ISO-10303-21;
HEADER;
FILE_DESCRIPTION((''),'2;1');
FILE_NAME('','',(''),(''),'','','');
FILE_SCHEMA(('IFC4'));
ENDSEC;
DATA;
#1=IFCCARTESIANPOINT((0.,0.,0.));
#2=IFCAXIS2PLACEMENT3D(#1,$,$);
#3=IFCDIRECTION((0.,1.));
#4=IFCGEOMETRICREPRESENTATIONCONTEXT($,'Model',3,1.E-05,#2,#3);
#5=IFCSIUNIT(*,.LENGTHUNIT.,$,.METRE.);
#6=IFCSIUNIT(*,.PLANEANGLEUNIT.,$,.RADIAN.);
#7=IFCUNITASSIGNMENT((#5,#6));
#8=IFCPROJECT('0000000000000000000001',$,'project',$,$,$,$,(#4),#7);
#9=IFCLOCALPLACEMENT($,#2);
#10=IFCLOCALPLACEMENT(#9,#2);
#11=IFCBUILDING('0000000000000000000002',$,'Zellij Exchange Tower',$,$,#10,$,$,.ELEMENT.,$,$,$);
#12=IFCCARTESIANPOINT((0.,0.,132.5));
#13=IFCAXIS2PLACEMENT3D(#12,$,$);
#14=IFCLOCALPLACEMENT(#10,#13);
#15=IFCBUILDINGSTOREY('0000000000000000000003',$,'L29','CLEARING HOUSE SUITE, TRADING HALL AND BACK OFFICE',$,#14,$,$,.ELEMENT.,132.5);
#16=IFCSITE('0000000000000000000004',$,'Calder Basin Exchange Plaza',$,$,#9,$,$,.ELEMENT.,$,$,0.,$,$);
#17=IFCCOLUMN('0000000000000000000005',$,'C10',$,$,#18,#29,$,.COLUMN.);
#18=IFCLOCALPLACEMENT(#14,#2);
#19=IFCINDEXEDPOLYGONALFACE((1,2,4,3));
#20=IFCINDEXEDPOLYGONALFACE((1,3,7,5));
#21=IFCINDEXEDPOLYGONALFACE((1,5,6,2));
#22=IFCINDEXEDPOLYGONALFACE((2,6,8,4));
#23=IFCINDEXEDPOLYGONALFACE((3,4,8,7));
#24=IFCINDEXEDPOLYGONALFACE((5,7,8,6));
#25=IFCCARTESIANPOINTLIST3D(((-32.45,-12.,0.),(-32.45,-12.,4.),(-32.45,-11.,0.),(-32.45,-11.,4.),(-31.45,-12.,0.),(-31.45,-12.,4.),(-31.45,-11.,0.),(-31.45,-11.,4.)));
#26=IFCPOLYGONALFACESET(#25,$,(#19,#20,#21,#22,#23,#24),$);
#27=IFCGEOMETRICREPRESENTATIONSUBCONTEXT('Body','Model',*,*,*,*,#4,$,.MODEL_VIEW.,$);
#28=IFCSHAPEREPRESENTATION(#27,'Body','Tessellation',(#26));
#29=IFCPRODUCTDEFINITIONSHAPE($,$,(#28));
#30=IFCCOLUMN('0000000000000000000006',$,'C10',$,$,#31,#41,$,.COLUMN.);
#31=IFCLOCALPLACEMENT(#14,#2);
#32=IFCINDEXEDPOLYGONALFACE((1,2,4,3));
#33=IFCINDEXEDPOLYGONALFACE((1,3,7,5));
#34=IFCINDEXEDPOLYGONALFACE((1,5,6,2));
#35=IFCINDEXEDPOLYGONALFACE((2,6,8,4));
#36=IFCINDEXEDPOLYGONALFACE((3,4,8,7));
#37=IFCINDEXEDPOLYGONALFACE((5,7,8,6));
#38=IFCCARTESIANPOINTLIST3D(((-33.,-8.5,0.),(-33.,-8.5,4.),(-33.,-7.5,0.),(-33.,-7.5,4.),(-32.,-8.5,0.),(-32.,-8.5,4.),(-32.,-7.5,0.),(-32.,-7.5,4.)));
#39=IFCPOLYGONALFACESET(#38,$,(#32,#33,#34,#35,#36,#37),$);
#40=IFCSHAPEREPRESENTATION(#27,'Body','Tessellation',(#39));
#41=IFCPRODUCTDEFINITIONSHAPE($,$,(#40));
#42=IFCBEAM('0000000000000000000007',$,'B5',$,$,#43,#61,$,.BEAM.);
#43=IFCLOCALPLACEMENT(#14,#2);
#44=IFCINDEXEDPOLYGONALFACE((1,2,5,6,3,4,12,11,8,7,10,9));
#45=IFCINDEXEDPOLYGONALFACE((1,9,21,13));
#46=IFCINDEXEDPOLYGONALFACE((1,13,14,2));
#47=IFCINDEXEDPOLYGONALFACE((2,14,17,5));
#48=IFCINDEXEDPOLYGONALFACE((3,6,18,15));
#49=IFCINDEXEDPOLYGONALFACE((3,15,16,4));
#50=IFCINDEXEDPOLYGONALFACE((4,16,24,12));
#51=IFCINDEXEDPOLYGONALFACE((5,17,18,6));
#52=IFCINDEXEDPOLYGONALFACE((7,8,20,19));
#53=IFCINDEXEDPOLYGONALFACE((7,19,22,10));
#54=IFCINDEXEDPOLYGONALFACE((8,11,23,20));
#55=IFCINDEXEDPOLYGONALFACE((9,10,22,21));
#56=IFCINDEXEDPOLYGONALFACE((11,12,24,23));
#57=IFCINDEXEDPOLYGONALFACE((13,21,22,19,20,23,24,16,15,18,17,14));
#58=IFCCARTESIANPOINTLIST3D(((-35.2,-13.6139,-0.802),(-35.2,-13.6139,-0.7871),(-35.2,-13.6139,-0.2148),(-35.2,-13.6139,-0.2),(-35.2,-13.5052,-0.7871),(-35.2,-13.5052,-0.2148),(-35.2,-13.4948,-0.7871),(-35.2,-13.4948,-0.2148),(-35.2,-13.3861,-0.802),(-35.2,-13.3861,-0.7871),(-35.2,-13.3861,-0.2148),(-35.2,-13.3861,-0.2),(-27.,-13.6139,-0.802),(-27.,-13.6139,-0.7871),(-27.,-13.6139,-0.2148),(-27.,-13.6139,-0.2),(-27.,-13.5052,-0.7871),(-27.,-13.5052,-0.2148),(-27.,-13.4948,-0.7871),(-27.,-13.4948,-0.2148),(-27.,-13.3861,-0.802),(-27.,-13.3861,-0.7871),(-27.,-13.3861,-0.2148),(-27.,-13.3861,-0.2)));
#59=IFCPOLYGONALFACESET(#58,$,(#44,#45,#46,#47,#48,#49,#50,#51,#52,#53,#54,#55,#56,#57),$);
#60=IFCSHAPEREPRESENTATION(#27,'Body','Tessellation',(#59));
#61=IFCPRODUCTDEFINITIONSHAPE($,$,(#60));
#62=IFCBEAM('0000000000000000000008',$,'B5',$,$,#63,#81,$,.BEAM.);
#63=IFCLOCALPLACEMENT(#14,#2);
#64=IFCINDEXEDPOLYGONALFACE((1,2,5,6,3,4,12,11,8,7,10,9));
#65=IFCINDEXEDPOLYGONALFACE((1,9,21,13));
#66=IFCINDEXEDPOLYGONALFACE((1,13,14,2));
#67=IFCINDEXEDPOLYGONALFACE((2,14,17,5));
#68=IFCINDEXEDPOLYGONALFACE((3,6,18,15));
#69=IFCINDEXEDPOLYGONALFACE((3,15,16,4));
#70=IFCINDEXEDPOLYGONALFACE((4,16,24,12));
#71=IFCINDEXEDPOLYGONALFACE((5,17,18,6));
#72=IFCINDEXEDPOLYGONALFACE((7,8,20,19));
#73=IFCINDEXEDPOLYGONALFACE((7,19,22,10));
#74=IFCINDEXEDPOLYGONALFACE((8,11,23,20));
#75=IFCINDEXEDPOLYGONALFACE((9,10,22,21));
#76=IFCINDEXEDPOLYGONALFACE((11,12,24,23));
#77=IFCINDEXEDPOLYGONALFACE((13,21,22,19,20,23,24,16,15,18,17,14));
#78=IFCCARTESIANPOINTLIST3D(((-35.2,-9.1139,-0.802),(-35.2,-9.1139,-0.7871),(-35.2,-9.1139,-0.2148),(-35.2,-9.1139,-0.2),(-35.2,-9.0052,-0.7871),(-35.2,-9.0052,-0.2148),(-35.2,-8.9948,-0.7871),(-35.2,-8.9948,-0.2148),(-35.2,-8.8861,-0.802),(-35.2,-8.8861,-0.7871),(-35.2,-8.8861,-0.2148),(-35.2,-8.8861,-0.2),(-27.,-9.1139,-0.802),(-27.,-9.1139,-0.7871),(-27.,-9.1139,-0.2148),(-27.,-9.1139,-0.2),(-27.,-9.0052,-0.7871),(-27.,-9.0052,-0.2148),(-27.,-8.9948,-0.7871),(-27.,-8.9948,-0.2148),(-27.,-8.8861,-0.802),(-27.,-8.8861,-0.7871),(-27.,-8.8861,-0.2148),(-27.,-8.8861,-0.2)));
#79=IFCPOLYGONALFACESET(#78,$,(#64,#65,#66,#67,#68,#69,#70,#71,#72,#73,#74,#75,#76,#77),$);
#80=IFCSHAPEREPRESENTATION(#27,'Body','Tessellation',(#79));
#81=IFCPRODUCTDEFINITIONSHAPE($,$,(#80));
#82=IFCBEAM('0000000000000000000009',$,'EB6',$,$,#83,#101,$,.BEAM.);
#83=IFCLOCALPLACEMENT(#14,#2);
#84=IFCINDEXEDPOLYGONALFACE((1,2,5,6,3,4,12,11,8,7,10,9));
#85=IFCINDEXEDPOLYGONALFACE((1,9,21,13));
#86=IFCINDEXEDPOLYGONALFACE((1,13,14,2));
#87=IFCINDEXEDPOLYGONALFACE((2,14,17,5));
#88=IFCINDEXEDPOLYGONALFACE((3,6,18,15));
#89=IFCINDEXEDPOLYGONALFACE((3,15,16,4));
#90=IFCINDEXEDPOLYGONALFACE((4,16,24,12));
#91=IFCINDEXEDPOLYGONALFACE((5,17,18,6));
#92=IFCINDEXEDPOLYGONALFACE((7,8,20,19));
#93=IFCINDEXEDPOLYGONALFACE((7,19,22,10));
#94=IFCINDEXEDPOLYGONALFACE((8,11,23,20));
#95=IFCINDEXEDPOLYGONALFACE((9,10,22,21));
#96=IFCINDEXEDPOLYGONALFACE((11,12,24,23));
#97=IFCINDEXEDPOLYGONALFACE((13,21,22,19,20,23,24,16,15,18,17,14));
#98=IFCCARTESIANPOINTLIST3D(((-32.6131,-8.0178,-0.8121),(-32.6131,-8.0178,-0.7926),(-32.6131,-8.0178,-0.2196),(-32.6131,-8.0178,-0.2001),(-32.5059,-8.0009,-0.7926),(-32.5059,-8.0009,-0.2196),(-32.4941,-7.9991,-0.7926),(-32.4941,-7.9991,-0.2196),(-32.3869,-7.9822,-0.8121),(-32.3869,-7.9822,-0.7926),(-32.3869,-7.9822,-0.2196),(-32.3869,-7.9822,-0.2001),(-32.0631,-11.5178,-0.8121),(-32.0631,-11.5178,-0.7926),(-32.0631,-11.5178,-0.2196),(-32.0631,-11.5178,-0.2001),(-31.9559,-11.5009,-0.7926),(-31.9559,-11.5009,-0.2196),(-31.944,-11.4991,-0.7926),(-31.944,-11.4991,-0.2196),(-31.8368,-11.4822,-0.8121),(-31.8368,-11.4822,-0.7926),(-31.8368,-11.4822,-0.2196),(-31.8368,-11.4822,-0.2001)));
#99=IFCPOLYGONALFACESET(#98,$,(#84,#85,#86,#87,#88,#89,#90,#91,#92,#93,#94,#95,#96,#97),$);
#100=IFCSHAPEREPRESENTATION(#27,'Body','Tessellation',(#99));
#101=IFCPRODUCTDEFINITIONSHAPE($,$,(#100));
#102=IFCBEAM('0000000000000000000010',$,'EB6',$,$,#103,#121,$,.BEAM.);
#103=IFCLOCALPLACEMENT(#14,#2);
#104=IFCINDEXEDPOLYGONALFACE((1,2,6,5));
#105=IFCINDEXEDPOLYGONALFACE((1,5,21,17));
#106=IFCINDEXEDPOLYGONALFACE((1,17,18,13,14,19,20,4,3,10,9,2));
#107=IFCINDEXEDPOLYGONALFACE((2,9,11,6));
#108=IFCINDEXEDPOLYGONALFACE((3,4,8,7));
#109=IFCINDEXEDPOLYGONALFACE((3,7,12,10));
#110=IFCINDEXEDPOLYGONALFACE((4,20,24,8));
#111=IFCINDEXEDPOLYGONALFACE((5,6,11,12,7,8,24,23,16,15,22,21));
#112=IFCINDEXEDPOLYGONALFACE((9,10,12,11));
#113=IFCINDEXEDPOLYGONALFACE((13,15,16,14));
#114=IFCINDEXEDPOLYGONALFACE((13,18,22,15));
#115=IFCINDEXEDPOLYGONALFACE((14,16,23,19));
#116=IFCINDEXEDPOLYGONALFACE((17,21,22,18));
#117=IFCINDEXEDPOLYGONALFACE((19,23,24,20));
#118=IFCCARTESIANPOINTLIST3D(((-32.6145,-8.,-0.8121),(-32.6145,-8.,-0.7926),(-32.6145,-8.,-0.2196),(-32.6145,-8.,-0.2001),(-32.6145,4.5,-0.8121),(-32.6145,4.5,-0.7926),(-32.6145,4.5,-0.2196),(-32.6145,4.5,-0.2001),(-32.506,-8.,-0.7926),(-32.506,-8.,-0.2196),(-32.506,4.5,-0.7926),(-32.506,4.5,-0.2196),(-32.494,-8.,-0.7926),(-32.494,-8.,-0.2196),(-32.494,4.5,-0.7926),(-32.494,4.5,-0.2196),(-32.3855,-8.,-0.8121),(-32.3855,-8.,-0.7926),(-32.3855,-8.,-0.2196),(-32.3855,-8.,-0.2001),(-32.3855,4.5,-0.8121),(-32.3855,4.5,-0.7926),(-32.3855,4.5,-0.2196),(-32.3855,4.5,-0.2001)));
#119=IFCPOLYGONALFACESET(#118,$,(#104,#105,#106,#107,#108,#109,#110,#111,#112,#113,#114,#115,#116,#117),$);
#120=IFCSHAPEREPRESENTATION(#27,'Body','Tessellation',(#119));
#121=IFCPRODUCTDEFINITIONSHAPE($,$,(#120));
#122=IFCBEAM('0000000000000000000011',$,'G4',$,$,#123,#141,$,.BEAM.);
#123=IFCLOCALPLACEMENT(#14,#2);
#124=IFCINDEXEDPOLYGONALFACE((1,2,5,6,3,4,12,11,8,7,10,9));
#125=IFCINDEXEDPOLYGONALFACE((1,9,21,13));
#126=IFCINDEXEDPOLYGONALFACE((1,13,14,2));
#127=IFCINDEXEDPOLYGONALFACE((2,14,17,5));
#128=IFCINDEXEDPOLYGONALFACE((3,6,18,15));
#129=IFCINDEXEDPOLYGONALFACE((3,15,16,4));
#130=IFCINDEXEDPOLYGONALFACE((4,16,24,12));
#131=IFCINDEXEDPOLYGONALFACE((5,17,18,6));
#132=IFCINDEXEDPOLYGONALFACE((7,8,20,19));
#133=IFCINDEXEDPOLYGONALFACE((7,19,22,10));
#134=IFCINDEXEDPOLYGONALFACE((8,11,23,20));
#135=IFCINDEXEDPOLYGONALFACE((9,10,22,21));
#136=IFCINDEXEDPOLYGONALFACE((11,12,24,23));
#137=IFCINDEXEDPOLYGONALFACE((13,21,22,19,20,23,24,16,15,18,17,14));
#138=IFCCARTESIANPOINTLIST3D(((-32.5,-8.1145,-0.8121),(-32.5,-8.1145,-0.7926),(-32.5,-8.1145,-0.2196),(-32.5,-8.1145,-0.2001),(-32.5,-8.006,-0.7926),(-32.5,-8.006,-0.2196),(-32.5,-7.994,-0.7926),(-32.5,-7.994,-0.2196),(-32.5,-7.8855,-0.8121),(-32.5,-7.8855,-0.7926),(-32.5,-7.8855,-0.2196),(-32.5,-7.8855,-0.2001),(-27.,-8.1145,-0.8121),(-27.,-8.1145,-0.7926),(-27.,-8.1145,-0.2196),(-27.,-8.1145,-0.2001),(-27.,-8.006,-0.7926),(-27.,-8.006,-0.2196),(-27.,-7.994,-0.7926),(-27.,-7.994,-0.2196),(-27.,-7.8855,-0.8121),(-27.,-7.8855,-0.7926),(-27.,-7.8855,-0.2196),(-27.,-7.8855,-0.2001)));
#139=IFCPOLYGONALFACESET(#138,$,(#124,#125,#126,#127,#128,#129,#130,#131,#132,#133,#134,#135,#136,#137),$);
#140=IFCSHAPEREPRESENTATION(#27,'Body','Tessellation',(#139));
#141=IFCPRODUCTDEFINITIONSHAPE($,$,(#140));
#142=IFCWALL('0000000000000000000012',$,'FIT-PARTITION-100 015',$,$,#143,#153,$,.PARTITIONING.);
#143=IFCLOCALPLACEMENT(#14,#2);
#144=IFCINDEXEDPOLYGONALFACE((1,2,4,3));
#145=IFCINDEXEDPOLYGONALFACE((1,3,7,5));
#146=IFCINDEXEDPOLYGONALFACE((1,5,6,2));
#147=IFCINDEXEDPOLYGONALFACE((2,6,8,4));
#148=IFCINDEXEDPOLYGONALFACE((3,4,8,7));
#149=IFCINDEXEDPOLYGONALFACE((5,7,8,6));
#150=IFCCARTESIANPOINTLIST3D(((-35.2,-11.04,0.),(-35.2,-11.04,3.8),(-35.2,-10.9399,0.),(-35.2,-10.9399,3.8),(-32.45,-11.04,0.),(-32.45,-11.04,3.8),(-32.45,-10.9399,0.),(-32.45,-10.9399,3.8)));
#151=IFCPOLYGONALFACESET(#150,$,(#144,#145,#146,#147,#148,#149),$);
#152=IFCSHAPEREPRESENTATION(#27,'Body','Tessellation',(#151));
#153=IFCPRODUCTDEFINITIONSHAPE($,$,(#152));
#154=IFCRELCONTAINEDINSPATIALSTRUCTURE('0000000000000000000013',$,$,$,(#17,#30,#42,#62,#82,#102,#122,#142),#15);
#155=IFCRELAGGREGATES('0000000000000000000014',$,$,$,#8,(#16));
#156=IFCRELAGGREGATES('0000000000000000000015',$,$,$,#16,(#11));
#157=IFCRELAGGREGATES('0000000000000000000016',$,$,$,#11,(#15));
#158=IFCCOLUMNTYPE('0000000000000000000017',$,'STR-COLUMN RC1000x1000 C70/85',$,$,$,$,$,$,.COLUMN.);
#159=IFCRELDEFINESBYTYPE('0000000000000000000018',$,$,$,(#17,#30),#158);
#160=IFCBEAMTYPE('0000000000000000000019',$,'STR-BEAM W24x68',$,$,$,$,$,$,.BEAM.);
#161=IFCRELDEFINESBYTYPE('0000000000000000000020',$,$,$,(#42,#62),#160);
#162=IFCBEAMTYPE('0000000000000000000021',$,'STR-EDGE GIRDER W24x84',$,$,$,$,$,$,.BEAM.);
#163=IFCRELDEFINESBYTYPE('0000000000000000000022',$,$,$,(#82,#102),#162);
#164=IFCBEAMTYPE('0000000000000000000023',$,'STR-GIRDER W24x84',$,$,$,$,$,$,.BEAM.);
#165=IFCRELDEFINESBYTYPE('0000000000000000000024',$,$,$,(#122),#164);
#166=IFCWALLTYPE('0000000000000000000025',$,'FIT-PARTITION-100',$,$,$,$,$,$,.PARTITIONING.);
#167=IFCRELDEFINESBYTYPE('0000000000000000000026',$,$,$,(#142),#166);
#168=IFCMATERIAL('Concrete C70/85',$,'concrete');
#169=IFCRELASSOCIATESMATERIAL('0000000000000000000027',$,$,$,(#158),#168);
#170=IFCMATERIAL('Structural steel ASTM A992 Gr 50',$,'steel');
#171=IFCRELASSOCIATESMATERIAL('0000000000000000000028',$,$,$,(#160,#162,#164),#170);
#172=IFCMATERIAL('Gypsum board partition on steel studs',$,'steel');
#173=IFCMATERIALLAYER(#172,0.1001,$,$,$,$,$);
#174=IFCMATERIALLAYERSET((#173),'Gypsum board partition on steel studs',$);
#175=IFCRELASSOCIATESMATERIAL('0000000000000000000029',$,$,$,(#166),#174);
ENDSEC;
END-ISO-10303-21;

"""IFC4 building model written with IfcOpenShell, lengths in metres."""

from ifc_helpers import new_model, si_unit, direction, frame, frame_2d, origin, origin_2d, place, context, subcontext, project, spatial, rectangle, i_section, extrude, material, layer, layer_set, material_profile, profile_set, type_object, element, save


model = new_model("IFC4")

# Units and contexts
model_context = context("Model", 3, precision=1e-05, world=origin(), true_north=direction((0.0, 1.0)))
body_context = subcontext(model_context, "Body", "Model", "MODEL_VIEW")
ifc_project = project(units=[si_unit("LENGTHUNIT", "METRE"), si_unit("PLANEANGLEUNIT", "RADIAN")], contexts=[model_context])

# Site, building, storey
site_placement = place(None, origin())
site = spatial("IfcSite", under=ifc_project, at=site_placement, Name="Calder Basin Exchange Plaza", CompositionType="ELEMENT", RefElevation=0.0)
building_placement = place(site_placement, origin())
building = spatial("IfcBuilding", under=site, at=building_placement, Name="Zellij Exchange Tower", CompositionType="ELEMENT")
storey_placement = place(building_placement, frame((0.0, 0.0, 132.5)))
storey = spatial("IfcBuildingStorey", under=building, at=storey_placement, Name="L29", Description="CLEARING HOUSE SUITE, TRADING HALL AND BACK OFFICE", CompositionType="ELEMENT", Elevation=132.5)

# Columns
ifc_material_1 = material(Name="Concrete C70/85", Category="concrete")
ifc_material_profile_1 = material_profile(ifc_material_1, rectangle(XDim=1.0, YDim=1.0, at=origin_2d()), Name="STR-COLUMN RC1000x1000 C70/85")
ifc_profile_set_1 = profile_set([ifc_material_profile_1], Name="Concrete C70/85")
column_type = type_object("IfcColumnType", Name="STR-COLUMN RC1000x1000 C70/85", PredefinedType="COLUMN", material=ifc_profile_set_1)
for number, where, z_axis, x_axis, name in (
    (1, (-31.95, -11.5, 0.0), (0.0, 0.0, 1.0), (1.0, 0.0, 0.0), "C10"),
    (2, (-32.5, -8.0, 0.0), (0.0, 0.0, 1.0), (1.0, 0.0, 0.0), "C10"),
):
    element("IfcColumn", number, at=place(storey_placement, frame(where, z_axis=z_axis, x_axis=x_axis)), inside=storey, type_object=column_type, Name=name, PredefinedType="COLUMN", context=body_context, shape_type="SweptSolid", body=[
        extrude(rectangle(XDim=1.0, YDim=1.0, at=origin_2d()), origin(), (0.0, 0.0, 1.0), 4.0),
    ])

# Beams
ifc_material_2 = material(Name="Structural steel ASTM A992 Gr 50", Category="steel")
ifc_material_profile_2 = material_profile(ifc_material_2, i_section(OverallWidth=0.2278, OverallDepth=0.6021, WebThickness=0.0105, FlangeThickness=0.0149, at=origin_2d()), Name="W24x68")
ifc_profile_set_2 = profile_set([ifc_material_profile_2], Name="Structural steel ASTM A992 Gr 50")
beam_type_1 = type_object("IfcBeamType", Name="STR-BEAM W24x68", PredefinedType="BEAM", material=ifc_profile_set_2)
for number, where, z_axis, x_axis, name in (
    (3, (-35.2, -13.5, -0.501), (1.0, 0.0, 0.0), (0.0, 1.0, 0.0), "B5"),
    (4, (-35.2, -9.0, -0.501), (1.0, 0.0, 0.0), (0.0, 1.0, 0.0), "B5"),
):
    element("IfcBeam", number, at=place(storey_placement, frame(where, z_axis=z_axis, x_axis=x_axis)), inside=storey, type_object=beam_type_1, Name=name, PredefinedType="BEAM", context=body_context, shape_type="SweptSolid", body=[
        extrude(i_section(OverallWidth=0.2278, OverallDepth=0.6021, WebThickness=0.0105, FlangeThickness=0.0149, at=origin_2d()), origin(), (0.0, 0.0, 1.0), 8.2),
    ])
ifc_material_profile_3 = material_profile(ifc_material_2, i_section(OverallWidth=0.229, OverallDepth=0.6121, WebThickness=0.012, FlangeThickness=0.0195, at=origin_2d()), Name="W24x84")
ifc_profile_set_3 = profile_set([ifc_material_profile_3], Name="Structural steel ASTM A992 Gr 50")
beam_type_2 = type_object("IfcBeamType", Name="STR-EDGE GIRDER W24x84", PredefinedType="BEAM", material=ifc_profile_set_3)
beam_1_placement = place(storey_placement, frame((-31.95, -11.5, -0.5061), z_axis=(-0.155251, 0.987875, 0.0), x_axis=(-0.987875, -0.155251, 0.0)))
element("IfcBeam", 5, at=beam_1_placement, inside=storey, type_object=beam_type_2, Name="EB6", PredefinedType="BEAM", context=body_context, shape_type="SweptSolid", body=[
    extrude(i_section(OverallWidth=0.229, OverallDepth=0.6121, WebThickness=0.012, FlangeThickness=0.0195, at=origin_2d()), origin(), (0.0, 0.0, 1.0), 3.543),
])
beam_2_placement = place(storey_placement, frame((-32.5, -8.0, -0.5061), z_axis=(0.0, 1.0, 0.0), x_axis=(-1.0, 0.0, 0.0)))
element("IfcBeam", 6, at=beam_2_placement, inside=storey, type_object=beam_type_2, Name="EB6", PredefinedType="BEAM", context=body_context, shape_type="SweptSolid", body=[
    extrude(i_section(OverallWidth=0.229, OverallDepth=0.6121, WebThickness=0.012, FlangeThickness=0.0195, at=origin_2d()), origin(), (0.0, 0.0, 1.0), 12.5),
])
ifc_material_profile_4 = material_profile(ifc_material_2, i_section(OverallWidth=0.229, OverallDepth=0.6121, WebThickness=0.012, FlangeThickness=0.0195, at=origin_2d()), Name="W24x84")
ifc_profile_set_4 = profile_set([ifc_material_profile_4], Name="Structural steel ASTM A992 Gr 50")
beam_type_3 = type_object("IfcBeamType", Name="STR-GIRDER W24x84", PredefinedType="BEAM", material=ifc_profile_set_4)
beam_3_placement = place(storey_placement, frame((-32.5, -8.0, -0.5061), z_axis=(1.0, 0.0, 0.0), x_axis=(0.0, 1.0, 0.0)))
element("IfcBeam", 7, at=beam_3_placement, inside=storey, type_object=beam_type_3, Name="G4", PredefinedType="BEAM", context=body_context, shape_type="SweptSolid", body=[
    extrude(i_section(OverallWidth=0.229, OverallDepth=0.6121, WebThickness=0.012, FlangeThickness=0.0195, at=origin_2d()), origin(), (0.0, 0.0, 1.0), 5.5),
])

# Wall
ifc_material_3 = material(Name="Gypsum board partition on steel studs", Category="steel")
ifc_layer = layer(ifc_material_3, 0.1001)
ifc_layer_set = layer_set([ifc_layer], Name="Gypsum board partition on steel studs")
wall_type = type_object("IfcWallType", Name="FIT-PARTITION-100", PredefinedType="PARTITIONING", material=ifc_layer_set)
wall_1_placement = place(storey_placement, frame((-35.2, -10.99, 0.0), z_axis=(0.0, 0.0, 1.0), x_axis=(1.0, 0.0, 0.0)))
element("IfcWall", 8, at=wall_1_placement, inside=storey, type_object=wall_type, Name="FIT-PARTITION-100 015", PredefinedType="PARTITIONING", context=body_context, shape_type="SweptSolid", body=[
    extrude(rectangle(XDim=2.75, YDim=0.1001, at=frame_2d((1.375, 0.0))), origin(), (0.0, 0.0, 1.0), 3.8),
])

save(model, "model.ifc")
